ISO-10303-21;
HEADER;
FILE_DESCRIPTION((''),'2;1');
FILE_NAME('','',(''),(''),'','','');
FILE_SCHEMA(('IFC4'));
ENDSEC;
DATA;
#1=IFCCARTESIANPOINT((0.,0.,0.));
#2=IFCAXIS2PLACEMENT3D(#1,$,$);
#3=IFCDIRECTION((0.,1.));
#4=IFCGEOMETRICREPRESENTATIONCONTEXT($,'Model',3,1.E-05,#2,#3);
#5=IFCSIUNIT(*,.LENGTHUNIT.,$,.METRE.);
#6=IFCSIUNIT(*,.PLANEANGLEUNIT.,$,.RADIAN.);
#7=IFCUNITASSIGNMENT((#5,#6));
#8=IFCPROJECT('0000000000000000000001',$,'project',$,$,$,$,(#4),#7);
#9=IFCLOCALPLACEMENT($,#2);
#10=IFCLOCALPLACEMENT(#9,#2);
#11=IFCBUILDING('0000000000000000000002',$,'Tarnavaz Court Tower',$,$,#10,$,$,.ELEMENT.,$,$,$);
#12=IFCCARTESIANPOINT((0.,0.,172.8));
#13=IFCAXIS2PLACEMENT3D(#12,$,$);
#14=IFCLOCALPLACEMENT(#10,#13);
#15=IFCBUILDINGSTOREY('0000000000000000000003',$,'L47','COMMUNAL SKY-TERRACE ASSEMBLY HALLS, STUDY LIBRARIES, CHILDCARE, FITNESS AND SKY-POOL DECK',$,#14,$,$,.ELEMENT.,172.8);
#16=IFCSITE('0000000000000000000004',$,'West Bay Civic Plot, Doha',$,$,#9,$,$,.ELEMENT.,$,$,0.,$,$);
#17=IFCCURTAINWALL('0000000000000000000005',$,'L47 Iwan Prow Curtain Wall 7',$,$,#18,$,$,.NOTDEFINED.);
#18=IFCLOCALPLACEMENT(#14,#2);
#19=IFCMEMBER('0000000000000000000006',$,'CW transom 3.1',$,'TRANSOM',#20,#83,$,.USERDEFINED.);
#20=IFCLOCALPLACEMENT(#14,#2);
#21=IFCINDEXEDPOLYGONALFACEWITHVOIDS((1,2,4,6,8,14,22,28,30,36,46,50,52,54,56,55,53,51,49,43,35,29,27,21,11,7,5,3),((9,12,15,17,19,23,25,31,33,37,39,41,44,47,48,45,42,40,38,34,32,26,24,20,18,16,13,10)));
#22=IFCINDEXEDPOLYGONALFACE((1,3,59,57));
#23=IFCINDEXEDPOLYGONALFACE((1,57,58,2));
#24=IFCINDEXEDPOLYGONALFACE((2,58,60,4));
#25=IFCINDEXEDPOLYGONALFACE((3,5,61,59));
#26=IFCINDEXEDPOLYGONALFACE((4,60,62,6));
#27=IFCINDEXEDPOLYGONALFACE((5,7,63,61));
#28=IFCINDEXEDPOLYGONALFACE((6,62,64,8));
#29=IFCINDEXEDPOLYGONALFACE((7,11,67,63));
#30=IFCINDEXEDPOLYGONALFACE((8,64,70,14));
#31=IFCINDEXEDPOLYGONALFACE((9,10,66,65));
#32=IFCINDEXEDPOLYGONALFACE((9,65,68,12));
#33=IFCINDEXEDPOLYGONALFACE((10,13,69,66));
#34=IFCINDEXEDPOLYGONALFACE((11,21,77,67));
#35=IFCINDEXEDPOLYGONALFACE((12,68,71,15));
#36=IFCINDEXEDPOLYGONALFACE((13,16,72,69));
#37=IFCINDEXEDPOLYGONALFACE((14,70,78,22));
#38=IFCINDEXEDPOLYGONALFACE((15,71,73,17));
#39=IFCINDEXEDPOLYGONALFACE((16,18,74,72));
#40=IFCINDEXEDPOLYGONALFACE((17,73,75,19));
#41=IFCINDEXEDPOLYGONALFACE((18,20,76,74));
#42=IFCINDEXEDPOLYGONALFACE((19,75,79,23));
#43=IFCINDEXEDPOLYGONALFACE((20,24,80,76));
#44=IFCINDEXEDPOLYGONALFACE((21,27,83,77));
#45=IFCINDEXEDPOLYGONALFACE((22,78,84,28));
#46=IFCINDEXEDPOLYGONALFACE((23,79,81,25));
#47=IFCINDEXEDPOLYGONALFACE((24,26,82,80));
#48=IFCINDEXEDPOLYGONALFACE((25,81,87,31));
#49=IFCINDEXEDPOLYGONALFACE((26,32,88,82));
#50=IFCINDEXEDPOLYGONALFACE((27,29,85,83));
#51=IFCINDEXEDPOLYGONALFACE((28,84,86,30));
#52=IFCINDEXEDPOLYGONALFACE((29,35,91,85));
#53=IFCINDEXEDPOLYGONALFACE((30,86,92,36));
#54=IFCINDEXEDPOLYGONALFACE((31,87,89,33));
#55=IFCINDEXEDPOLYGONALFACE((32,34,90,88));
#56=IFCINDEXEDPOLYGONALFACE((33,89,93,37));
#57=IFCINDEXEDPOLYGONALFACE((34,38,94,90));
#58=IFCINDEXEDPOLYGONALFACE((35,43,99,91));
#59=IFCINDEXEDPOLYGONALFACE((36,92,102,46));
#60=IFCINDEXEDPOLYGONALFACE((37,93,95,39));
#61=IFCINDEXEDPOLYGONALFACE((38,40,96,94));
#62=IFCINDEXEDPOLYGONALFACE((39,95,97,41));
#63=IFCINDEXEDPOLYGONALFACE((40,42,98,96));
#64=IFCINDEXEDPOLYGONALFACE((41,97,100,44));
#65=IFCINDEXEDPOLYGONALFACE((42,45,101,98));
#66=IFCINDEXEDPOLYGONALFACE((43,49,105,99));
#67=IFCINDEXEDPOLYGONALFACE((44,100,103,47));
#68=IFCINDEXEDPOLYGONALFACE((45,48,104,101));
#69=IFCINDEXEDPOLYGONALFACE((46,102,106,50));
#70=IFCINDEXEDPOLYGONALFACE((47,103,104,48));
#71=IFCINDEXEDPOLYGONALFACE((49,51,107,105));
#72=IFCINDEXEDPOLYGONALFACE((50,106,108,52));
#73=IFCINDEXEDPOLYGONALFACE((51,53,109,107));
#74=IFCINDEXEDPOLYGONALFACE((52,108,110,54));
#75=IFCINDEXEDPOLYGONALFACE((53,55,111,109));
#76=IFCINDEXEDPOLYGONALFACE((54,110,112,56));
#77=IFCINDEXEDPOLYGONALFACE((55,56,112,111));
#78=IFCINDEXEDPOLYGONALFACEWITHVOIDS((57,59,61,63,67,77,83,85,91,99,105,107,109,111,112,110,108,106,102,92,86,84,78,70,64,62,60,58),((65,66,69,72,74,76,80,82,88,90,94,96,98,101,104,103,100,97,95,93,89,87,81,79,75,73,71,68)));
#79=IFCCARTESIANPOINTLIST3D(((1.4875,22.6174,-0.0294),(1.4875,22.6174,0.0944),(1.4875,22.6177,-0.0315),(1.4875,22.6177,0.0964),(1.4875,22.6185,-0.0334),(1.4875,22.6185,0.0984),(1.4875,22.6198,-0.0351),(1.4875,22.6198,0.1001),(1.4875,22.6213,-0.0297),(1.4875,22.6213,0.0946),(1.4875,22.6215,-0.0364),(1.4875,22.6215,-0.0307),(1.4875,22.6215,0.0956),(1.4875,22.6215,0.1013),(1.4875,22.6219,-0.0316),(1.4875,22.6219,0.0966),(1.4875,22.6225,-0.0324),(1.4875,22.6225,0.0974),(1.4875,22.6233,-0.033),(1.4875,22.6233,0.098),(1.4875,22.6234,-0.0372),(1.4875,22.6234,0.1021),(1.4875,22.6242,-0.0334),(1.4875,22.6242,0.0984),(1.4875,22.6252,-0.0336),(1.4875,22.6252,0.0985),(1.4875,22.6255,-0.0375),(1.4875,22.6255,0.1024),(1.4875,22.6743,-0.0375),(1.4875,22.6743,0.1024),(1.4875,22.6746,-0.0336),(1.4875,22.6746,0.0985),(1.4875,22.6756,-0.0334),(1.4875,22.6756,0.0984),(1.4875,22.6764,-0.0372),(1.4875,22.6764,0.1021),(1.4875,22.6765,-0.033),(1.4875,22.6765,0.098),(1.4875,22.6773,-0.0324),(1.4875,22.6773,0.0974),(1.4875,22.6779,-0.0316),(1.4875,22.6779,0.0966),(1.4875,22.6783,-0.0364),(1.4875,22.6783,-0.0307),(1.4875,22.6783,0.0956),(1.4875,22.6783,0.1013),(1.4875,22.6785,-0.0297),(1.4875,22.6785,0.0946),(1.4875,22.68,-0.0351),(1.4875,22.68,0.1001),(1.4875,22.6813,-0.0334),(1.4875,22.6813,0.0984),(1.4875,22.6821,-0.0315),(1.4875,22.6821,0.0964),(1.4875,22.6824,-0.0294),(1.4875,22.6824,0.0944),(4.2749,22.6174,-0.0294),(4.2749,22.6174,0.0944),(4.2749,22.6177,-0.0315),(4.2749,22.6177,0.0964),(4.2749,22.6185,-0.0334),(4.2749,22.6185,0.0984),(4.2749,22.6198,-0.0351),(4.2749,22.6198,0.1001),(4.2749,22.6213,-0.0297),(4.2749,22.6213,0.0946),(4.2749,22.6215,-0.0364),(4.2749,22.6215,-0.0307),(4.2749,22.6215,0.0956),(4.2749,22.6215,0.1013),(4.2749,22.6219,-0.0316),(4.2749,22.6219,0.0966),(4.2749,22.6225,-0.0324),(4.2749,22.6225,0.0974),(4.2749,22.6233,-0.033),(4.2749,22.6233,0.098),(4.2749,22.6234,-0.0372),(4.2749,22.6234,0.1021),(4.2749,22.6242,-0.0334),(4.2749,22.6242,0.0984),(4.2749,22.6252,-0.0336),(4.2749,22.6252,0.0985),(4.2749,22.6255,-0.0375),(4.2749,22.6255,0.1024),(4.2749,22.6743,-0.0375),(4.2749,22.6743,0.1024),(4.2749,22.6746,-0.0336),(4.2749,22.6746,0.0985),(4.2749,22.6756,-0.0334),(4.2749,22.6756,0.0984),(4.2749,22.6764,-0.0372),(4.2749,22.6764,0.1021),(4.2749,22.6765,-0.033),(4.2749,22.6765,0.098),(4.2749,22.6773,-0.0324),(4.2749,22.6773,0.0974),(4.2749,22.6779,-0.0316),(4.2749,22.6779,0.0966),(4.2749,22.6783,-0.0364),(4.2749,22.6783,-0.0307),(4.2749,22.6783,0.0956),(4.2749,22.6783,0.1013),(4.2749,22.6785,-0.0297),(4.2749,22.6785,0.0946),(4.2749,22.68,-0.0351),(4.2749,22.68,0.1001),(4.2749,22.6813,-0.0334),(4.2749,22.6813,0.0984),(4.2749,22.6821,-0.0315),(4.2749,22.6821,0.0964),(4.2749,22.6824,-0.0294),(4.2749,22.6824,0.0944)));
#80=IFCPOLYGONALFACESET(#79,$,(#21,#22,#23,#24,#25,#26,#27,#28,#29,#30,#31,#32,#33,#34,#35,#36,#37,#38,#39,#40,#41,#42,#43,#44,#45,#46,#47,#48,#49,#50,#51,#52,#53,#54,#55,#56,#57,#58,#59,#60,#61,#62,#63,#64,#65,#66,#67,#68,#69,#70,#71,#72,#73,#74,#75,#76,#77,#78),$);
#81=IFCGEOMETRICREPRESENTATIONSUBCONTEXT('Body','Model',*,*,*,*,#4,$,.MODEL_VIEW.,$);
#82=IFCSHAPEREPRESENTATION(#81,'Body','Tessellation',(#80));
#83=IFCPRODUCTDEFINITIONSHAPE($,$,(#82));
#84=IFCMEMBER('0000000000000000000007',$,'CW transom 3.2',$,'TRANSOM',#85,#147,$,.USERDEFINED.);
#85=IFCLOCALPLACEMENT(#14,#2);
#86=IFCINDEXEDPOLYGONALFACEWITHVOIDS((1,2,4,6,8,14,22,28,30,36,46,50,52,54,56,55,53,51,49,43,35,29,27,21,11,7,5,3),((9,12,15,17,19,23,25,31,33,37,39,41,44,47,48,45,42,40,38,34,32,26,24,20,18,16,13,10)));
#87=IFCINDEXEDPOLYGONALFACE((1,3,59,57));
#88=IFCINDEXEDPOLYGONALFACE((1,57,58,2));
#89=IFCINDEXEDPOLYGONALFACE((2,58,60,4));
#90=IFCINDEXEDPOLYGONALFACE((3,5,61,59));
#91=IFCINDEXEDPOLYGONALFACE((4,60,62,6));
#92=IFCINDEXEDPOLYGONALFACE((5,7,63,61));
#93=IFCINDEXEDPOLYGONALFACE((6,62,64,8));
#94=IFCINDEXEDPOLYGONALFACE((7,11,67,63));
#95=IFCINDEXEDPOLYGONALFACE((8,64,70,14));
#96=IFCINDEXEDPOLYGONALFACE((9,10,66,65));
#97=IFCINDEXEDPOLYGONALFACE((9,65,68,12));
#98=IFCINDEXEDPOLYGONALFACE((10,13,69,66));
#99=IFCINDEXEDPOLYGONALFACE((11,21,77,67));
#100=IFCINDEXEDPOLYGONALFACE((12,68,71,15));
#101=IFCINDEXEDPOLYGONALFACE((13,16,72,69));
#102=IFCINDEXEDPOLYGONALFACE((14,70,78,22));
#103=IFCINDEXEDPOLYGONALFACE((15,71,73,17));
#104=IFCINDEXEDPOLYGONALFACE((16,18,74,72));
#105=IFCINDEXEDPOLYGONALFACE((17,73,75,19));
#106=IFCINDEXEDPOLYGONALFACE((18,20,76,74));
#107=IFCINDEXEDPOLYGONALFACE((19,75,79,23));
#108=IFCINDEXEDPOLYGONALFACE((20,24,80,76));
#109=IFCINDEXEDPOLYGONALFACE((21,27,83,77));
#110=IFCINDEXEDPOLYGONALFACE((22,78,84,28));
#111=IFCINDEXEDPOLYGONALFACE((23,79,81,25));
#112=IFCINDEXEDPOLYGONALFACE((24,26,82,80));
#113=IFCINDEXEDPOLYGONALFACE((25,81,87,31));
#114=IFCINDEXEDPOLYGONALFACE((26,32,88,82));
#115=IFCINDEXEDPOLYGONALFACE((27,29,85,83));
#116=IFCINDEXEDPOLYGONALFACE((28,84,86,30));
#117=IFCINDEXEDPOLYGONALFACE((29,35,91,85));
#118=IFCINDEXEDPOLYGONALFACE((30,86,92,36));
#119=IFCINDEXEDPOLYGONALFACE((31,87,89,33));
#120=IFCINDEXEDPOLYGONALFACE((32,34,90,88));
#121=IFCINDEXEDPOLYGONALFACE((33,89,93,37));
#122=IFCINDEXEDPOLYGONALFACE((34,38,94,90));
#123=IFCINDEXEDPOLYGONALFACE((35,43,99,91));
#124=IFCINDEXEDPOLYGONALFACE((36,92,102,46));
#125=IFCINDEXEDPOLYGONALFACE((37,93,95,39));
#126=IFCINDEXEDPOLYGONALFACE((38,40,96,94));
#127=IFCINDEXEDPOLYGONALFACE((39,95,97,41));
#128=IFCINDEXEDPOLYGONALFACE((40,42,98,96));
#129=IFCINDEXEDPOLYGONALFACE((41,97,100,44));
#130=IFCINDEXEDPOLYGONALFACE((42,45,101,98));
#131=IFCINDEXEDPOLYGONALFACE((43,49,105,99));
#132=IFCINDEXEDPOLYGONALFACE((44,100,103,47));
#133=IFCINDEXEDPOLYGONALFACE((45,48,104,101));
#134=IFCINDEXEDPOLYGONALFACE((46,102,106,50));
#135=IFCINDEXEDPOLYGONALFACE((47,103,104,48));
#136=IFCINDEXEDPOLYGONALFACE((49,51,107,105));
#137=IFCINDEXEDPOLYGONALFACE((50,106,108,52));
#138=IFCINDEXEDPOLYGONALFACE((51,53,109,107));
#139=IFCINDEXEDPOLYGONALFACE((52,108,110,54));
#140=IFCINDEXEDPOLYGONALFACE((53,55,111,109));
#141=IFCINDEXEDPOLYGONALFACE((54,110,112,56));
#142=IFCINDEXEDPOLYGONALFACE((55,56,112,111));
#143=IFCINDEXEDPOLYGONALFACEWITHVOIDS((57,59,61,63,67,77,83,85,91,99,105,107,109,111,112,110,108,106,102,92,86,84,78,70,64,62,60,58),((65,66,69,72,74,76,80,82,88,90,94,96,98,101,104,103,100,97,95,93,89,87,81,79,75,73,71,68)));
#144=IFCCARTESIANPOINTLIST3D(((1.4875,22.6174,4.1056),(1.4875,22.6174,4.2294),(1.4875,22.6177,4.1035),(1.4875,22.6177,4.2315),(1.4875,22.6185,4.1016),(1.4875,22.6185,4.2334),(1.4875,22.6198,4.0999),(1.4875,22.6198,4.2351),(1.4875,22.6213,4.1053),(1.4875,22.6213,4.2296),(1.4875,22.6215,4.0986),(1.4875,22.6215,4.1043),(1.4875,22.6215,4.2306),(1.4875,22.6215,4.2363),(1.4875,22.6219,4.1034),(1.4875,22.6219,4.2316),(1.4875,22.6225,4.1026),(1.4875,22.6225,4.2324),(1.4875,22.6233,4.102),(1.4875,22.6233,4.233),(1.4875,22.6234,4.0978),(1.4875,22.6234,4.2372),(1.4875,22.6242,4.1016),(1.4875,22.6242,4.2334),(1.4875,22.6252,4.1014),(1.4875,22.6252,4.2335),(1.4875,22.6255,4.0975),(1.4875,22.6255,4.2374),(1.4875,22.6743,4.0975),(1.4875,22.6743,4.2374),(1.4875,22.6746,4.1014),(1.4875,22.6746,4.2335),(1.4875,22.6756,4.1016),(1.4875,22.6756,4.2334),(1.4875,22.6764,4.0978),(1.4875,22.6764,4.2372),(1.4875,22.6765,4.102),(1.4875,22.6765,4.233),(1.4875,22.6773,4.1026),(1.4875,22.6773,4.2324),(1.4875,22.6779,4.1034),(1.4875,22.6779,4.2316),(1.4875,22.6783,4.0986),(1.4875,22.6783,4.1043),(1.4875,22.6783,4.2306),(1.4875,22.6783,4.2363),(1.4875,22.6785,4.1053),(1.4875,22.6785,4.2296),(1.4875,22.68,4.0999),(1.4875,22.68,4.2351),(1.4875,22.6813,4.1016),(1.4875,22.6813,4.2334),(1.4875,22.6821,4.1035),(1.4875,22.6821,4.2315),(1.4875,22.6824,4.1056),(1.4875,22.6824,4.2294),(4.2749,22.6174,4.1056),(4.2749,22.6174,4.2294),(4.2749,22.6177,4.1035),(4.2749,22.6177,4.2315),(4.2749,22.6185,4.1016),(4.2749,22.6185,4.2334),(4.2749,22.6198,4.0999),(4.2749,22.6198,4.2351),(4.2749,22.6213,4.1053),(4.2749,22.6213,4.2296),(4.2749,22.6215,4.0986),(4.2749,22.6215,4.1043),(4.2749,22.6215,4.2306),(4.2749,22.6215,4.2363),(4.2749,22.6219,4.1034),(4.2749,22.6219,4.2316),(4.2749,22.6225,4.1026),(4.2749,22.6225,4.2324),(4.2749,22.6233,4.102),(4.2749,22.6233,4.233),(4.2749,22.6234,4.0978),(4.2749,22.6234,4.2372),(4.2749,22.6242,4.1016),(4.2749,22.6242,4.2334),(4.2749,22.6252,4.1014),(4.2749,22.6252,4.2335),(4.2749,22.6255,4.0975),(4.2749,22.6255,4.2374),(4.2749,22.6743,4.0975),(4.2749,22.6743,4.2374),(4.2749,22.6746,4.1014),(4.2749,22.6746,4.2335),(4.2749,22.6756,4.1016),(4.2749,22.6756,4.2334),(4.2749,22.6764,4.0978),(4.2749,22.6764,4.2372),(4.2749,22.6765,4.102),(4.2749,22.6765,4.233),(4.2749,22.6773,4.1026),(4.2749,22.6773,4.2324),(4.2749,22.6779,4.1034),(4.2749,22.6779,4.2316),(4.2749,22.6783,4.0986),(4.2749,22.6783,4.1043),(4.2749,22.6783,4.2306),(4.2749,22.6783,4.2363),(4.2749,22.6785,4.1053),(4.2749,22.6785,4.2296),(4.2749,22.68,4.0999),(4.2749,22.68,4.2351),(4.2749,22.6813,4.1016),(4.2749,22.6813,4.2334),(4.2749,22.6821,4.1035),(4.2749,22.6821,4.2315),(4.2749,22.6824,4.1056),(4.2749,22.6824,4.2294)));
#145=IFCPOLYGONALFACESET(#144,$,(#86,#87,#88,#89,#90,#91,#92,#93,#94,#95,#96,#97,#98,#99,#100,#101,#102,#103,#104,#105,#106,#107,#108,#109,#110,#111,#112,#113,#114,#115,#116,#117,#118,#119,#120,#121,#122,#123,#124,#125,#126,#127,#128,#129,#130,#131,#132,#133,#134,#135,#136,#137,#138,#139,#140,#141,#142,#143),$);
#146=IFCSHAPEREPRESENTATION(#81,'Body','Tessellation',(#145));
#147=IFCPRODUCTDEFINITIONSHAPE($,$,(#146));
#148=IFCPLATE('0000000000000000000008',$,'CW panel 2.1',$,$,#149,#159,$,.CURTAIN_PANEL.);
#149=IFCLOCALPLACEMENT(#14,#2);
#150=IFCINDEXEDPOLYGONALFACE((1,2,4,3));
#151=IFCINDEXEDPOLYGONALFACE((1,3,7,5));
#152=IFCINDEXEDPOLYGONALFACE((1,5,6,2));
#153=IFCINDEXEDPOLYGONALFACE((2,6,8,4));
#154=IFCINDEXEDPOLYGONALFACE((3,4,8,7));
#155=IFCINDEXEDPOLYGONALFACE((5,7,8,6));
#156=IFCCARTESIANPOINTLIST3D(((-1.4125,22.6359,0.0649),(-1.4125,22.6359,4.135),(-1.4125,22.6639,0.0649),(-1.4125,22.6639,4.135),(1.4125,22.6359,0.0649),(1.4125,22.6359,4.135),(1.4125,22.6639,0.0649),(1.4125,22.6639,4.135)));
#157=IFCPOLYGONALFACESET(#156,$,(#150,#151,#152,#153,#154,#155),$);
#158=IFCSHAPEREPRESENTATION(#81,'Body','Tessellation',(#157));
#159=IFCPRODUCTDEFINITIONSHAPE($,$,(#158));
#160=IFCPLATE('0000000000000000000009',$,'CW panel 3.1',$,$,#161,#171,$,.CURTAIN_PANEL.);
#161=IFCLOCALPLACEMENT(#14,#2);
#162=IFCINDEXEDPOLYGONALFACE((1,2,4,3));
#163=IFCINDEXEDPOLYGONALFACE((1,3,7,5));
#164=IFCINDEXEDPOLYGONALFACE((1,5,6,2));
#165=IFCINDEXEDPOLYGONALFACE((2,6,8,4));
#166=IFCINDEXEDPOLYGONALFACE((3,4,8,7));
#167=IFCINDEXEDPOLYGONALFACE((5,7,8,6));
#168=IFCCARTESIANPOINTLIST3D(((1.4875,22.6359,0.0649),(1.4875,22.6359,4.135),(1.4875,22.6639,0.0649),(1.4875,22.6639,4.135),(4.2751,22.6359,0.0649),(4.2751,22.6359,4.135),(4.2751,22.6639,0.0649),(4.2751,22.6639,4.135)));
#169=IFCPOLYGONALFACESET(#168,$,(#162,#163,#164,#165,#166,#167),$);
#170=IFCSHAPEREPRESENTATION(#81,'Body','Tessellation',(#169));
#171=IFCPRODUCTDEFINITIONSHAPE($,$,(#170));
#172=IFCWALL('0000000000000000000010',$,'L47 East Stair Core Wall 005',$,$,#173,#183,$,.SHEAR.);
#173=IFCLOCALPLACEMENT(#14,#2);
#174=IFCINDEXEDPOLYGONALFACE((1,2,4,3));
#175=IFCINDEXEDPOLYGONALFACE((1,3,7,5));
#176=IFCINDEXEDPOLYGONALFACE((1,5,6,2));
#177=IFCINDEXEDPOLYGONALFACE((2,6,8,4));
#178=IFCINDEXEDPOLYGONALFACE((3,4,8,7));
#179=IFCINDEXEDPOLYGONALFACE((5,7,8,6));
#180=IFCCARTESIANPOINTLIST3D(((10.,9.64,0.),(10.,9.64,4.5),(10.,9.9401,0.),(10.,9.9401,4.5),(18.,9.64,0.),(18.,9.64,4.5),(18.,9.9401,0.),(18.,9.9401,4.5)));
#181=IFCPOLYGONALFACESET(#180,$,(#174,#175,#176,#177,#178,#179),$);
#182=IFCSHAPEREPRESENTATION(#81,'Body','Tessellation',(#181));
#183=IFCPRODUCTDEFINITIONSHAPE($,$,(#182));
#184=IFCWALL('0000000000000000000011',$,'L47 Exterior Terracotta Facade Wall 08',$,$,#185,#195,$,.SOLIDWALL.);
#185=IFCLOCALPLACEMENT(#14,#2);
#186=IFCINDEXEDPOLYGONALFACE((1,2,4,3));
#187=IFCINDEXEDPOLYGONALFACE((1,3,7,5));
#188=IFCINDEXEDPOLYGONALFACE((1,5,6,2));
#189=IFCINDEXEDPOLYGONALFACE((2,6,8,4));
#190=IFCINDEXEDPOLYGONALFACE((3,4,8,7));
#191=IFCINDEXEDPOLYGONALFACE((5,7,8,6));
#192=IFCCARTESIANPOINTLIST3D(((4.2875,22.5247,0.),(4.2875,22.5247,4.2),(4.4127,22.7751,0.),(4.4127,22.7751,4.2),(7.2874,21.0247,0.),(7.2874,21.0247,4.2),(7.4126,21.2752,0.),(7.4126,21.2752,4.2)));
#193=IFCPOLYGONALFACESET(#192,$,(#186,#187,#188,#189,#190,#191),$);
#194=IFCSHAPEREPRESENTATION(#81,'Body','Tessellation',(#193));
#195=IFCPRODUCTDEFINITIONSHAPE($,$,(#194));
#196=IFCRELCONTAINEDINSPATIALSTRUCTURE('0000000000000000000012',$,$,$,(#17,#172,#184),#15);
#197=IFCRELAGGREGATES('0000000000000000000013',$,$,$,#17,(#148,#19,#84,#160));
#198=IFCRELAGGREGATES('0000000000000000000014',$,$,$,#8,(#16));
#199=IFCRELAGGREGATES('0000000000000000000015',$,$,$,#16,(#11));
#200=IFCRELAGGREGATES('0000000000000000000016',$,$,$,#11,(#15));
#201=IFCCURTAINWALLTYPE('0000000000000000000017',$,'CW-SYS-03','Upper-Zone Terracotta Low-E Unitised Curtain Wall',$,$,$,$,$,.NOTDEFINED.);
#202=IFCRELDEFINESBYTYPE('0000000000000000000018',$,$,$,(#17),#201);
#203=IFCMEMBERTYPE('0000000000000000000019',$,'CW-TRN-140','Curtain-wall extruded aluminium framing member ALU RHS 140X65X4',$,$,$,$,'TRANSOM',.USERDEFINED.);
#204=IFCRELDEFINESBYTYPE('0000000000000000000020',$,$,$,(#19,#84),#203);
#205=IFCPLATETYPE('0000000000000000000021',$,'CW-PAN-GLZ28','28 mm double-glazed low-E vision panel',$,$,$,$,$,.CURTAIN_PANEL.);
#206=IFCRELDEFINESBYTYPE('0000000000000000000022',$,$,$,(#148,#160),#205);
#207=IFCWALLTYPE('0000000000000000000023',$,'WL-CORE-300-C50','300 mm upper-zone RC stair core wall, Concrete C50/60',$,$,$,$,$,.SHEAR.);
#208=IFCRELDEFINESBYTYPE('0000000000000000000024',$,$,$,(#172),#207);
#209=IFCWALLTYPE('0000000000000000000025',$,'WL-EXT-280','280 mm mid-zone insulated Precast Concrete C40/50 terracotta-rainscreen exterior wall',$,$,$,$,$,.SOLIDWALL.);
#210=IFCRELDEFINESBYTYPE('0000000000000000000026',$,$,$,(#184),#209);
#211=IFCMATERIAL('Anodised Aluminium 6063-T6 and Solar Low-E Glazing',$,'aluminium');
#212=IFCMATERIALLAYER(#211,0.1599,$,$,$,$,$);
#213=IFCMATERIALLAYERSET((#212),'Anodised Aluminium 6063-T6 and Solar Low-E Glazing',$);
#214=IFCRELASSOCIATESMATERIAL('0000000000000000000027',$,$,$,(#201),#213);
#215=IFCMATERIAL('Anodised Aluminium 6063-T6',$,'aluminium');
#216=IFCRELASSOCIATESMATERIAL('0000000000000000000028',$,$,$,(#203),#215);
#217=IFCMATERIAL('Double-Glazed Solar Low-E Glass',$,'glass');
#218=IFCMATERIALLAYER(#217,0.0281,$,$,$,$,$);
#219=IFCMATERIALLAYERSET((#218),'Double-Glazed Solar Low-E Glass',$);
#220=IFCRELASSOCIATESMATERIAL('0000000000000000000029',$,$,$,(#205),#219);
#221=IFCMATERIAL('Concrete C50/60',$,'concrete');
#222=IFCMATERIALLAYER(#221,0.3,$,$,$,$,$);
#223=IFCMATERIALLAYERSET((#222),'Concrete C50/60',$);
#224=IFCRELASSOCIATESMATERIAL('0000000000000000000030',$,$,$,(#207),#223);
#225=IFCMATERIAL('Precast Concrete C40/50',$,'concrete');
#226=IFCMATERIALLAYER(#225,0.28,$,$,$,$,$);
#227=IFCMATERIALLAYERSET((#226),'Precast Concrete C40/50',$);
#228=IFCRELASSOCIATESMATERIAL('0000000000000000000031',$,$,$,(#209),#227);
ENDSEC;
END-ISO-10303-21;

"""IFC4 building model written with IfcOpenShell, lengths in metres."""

from ifc_helpers import new_model, si_unit, direction, frame, frame_2d, origin, origin_2d, place, context, subcontext, project, spatial, rectangle, hollow_rectangle, extrude, material, layer, layer_set, material_profile, profile_set, type_object, element, aggregate, save


model = new_model("IFC4")

# Units and contexts
model_context = context("Model", 3, precision=1e-05, world=origin(), true_north=direction((0.0, 1.0)))
body_context = subcontext(model_context, "Body", "Model", "MODEL_VIEW")
ifc_project = project(units=[si_unit("LENGTHUNIT", "METRE"), si_unit("PLANEANGLEUNIT", "RADIAN")], contexts=[model_context])

# Site, building, storey
site_placement = place(None, origin())
site = spatial("IfcSite", under=ifc_project, at=site_placement, Name="West Bay Civic Plot, Doha", CompositionType="ELEMENT", RefElevation=0.0)
building_placement = place(site_placement, origin())
building = spatial("IfcBuilding", under=site, at=building_placement, Name="Tarnavaz Court Tower", CompositionType="ELEMENT")
storey_placement = place(building_placement, frame((0.0, 0.0, 172.8)))
storey = spatial("IfcBuildingStorey", under=building, at=storey_placement, Name="L47", Description="COMMUNAL SKY-TERRACE ASSEMBLY HALLS, STUDY LIBRARIES, CHILDCARE, FITNESS AND SKY-POOL DECK", CompositionType="ELEMENT", Elevation=172.8)

# Curtain wall, members, plates
ifc_material_1 = material(Name="Anodised Aluminium 6063-T6 and Solar Low-E Glazing", Category="aluminium")
ifc_layer_1 = layer(ifc_material_1, 0.1599)
ifc_layer_set_1 = layer_set([ifc_layer_1], Name="Anodised Aluminium 6063-T6 and Solar Low-E Glazing")
curtain_wall_type = type_object("IfcCurtainWallType", Name="CW-SYS-03", Description="Upper-Zone Terracotta Low-E Unitised Curtain Wall", PredefinedType="NOTDEFINED", material=ifc_layer_set_1)
curtain_wall_placement = place(storey_placement, origin())
curtain_wall = element("IfcCurtainWall", 1, at=curtain_wall_placement, inside=storey, type_object=curtain_wall_type, Name="L47 Iwan Prow Curtain Wall 7", PredefinedType="NOTDEFINED")
ifc_material_2 = material(Name="Anodised Aluminium 6063-T6", Category="aluminium")
ifc_material_profile_1 = material_profile(ifc_material_2, hollow_rectangle(XDim=0.0649, YDim=0.1399, WallThickness=0.0039, InnerFilletRadius=0.0039, OuterFilletRadius=0.0081, at=origin_2d()), Name="ALU RHS 140X65X4")
ifc_profile_set_1 = profile_set([ifc_material_profile_1], Name="Anodised Aluminium 6063-T6")
member_type_1 = type_object("IfcMemberType", Name="CW-TRN-140", Description="Curtain-wall extruded aluminium framing member ALU RHS 140X65X4", ElementType="TRANSOM", PredefinedType="USERDEFINED", material=ifc_profile_set_1)
member_1_placement = place(storey_placement, frame((1.4875, 22.6499, 0.0325), z_axis=(1.0, 0.0, 0.0), x_axis=(0.0, 1.0, 0.0)))
member_1 = element("IfcMember", 2, at=member_1_placement, type_object=member_type_1, Name="CW transom 3.1", ObjectType="TRANSOM", PredefinedType="USERDEFINED", context=body_context, shape_type="SweptSolid", body=[
    extrude(hollow_rectangle(XDim=0.0649, YDim=0.1399, WallThickness=0.0039, InnerFilletRadius=0.0039, OuterFilletRadius=0.0081, at=origin_2d()), origin(), (0.0, 0.0, 1.0), 2.7874),
])
member_2_placement = place(storey_placement, frame((1.4875, 22.6499, 4.1675), z_axis=(1.0, 0.0, 0.0), x_axis=(0.0, 1.0, 0.0)))
member_2 = element("IfcMember", 3, at=member_2_placement, type_object=member_type_1, Name="CW transom 3.2", ObjectType="TRANSOM", PredefinedType="USERDEFINED", context=body_context, shape_type="SweptSolid", body=[
    extrude(hollow_rectangle(XDim=0.0649, YDim=0.1399, WallThickness=0.0039, InnerFilletRadius=0.0039, OuterFilletRadius=0.0081, at=origin_2d()), origin(), (0.0, 0.0, 1.0), 2.7874),
])
ifc_material_3 = material(Name="Double-Glazed Solar Low-E Glass", Category="glass")
ifc_layer_2 = layer(ifc_material_3, 0.0281)
ifc_layer_set_2 = layer_set([ifc_layer_2], Name="Double-Glazed Solar Low-E Glass")
plate_type = type_object("IfcPlateType", Name="CW-PAN-GLZ28", Description="28 mm double-glazed low-E vision panel", PredefinedType="CURTAIN_PANEL", material=ifc_layer_set_2)
plate_1_placement = place(storey_placement, frame((0.0, 22.6499, 0.0649), z_axis=(0.0, 0.0, 1.0), x_axis=(1.0, 0.0, 0.0)))
plate_1 = element("IfcPlate", 4, at=plate_1_placement, type_object=plate_type, Name="CW panel 2.1", PredefinedType="CURTAIN_PANEL", context=body_context, shape_type="SweptSolid", body=[
    extrude(rectangle(XDim=2.825, YDim=0.0281, at=origin_2d()), origin(), (0.0, 0.0, 1.0), 4.0701),
])
plate_2_placement = place(storey_placement, frame((2.8813, 22.6499, 0.0649), z_axis=(0.0, 0.0, 1.0), x_axis=(1.0, 0.0, 0.0)))
plate_2 = element("IfcPlate", 5, at=plate_2_placement, type_object=plate_type, Name="CW panel 3.1", PredefinedType="CURTAIN_PANEL", context=body_context, shape_type="SweptSolid", body=[
    extrude(rectangle(XDim=2.7876, YDim=0.0281, at=origin_2d()), origin(), (0.0, 0.0, 1.0), 4.0701),
])
aggregate(curtain_wall, [plate_1, member_1, member_2, plate_2])

# Walls
ifc_material_4 = material(Name="Concrete C50/60", Category="concrete")
ifc_layer_3 = layer(ifc_material_4, 0.3)
ifc_layer_set_3 = layer_set([ifc_layer_3], Name="Concrete C50/60")
wall_type_1 = type_object("IfcWallType", Name="WL-CORE-300-C50", Description="300 mm upper-zone RC stair core wall, Concrete C50/60", PredefinedType="SHEAR", material=ifc_layer_set_3)
wall_1_placement = place(storey_placement, frame((10.0, 9.79, 0.0), z_axis=(0.0, 0.0, 1.0), x_axis=(1.0, 0.0, 0.0)))
element("IfcWall", 6, at=wall_1_placement, inside=storey, type_object=wall_type_1, Name="L47 East Stair Core Wall 005", PredefinedType="SHEAR", context=body_context, shape_type="SweptSolid", body=[
    extrude(rectangle(XDim=8.0, YDim=0.3, at=frame_2d((4.0, 0.0))), origin(), (0.0, 0.0, 1.0), 4.5),
])
ifc_material_5 = material(Name="Precast Concrete C40/50", Category="concrete")
ifc_layer_4 = layer(ifc_material_5, 0.28)
ifc_layer_set_4 = layer_set([ifc_layer_4], Name="Precast Concrete C40/50")
wall_type_2 = type_object("IfcWallType", Name="WL-EXT-280", Description="280 mm mid-zone insulated Precast Concrete C40/50 terracotta-rainscreen exterior wall", PredefinedType="SOLIDWALL", material=ifc_layer_set_4)
wall_2_placement = place(storey_placement, frame((4.3501, 22.6499, 0.0), z_axis=(0.0, 0.0, 1.0), x_axis=(0.894427, -0.447214, 0.0)))
element("IfcWall", 7, at=wall_2_placement, inside=storey, type_object=wall_type_2, Name="L47 Exterior Terracotta Facade Wall 08", PredefinedType="SOLIDWALL", context=body_context, shape_type="SweptSolid", body=[
    extrude(rectangle(XDim=3.354, YDim=0.28, at=frame_2d((1.677, 0.0))), origin(), (0.0, 0.0, 1.0), 4.2),
])

save(model, "model.ifc")
